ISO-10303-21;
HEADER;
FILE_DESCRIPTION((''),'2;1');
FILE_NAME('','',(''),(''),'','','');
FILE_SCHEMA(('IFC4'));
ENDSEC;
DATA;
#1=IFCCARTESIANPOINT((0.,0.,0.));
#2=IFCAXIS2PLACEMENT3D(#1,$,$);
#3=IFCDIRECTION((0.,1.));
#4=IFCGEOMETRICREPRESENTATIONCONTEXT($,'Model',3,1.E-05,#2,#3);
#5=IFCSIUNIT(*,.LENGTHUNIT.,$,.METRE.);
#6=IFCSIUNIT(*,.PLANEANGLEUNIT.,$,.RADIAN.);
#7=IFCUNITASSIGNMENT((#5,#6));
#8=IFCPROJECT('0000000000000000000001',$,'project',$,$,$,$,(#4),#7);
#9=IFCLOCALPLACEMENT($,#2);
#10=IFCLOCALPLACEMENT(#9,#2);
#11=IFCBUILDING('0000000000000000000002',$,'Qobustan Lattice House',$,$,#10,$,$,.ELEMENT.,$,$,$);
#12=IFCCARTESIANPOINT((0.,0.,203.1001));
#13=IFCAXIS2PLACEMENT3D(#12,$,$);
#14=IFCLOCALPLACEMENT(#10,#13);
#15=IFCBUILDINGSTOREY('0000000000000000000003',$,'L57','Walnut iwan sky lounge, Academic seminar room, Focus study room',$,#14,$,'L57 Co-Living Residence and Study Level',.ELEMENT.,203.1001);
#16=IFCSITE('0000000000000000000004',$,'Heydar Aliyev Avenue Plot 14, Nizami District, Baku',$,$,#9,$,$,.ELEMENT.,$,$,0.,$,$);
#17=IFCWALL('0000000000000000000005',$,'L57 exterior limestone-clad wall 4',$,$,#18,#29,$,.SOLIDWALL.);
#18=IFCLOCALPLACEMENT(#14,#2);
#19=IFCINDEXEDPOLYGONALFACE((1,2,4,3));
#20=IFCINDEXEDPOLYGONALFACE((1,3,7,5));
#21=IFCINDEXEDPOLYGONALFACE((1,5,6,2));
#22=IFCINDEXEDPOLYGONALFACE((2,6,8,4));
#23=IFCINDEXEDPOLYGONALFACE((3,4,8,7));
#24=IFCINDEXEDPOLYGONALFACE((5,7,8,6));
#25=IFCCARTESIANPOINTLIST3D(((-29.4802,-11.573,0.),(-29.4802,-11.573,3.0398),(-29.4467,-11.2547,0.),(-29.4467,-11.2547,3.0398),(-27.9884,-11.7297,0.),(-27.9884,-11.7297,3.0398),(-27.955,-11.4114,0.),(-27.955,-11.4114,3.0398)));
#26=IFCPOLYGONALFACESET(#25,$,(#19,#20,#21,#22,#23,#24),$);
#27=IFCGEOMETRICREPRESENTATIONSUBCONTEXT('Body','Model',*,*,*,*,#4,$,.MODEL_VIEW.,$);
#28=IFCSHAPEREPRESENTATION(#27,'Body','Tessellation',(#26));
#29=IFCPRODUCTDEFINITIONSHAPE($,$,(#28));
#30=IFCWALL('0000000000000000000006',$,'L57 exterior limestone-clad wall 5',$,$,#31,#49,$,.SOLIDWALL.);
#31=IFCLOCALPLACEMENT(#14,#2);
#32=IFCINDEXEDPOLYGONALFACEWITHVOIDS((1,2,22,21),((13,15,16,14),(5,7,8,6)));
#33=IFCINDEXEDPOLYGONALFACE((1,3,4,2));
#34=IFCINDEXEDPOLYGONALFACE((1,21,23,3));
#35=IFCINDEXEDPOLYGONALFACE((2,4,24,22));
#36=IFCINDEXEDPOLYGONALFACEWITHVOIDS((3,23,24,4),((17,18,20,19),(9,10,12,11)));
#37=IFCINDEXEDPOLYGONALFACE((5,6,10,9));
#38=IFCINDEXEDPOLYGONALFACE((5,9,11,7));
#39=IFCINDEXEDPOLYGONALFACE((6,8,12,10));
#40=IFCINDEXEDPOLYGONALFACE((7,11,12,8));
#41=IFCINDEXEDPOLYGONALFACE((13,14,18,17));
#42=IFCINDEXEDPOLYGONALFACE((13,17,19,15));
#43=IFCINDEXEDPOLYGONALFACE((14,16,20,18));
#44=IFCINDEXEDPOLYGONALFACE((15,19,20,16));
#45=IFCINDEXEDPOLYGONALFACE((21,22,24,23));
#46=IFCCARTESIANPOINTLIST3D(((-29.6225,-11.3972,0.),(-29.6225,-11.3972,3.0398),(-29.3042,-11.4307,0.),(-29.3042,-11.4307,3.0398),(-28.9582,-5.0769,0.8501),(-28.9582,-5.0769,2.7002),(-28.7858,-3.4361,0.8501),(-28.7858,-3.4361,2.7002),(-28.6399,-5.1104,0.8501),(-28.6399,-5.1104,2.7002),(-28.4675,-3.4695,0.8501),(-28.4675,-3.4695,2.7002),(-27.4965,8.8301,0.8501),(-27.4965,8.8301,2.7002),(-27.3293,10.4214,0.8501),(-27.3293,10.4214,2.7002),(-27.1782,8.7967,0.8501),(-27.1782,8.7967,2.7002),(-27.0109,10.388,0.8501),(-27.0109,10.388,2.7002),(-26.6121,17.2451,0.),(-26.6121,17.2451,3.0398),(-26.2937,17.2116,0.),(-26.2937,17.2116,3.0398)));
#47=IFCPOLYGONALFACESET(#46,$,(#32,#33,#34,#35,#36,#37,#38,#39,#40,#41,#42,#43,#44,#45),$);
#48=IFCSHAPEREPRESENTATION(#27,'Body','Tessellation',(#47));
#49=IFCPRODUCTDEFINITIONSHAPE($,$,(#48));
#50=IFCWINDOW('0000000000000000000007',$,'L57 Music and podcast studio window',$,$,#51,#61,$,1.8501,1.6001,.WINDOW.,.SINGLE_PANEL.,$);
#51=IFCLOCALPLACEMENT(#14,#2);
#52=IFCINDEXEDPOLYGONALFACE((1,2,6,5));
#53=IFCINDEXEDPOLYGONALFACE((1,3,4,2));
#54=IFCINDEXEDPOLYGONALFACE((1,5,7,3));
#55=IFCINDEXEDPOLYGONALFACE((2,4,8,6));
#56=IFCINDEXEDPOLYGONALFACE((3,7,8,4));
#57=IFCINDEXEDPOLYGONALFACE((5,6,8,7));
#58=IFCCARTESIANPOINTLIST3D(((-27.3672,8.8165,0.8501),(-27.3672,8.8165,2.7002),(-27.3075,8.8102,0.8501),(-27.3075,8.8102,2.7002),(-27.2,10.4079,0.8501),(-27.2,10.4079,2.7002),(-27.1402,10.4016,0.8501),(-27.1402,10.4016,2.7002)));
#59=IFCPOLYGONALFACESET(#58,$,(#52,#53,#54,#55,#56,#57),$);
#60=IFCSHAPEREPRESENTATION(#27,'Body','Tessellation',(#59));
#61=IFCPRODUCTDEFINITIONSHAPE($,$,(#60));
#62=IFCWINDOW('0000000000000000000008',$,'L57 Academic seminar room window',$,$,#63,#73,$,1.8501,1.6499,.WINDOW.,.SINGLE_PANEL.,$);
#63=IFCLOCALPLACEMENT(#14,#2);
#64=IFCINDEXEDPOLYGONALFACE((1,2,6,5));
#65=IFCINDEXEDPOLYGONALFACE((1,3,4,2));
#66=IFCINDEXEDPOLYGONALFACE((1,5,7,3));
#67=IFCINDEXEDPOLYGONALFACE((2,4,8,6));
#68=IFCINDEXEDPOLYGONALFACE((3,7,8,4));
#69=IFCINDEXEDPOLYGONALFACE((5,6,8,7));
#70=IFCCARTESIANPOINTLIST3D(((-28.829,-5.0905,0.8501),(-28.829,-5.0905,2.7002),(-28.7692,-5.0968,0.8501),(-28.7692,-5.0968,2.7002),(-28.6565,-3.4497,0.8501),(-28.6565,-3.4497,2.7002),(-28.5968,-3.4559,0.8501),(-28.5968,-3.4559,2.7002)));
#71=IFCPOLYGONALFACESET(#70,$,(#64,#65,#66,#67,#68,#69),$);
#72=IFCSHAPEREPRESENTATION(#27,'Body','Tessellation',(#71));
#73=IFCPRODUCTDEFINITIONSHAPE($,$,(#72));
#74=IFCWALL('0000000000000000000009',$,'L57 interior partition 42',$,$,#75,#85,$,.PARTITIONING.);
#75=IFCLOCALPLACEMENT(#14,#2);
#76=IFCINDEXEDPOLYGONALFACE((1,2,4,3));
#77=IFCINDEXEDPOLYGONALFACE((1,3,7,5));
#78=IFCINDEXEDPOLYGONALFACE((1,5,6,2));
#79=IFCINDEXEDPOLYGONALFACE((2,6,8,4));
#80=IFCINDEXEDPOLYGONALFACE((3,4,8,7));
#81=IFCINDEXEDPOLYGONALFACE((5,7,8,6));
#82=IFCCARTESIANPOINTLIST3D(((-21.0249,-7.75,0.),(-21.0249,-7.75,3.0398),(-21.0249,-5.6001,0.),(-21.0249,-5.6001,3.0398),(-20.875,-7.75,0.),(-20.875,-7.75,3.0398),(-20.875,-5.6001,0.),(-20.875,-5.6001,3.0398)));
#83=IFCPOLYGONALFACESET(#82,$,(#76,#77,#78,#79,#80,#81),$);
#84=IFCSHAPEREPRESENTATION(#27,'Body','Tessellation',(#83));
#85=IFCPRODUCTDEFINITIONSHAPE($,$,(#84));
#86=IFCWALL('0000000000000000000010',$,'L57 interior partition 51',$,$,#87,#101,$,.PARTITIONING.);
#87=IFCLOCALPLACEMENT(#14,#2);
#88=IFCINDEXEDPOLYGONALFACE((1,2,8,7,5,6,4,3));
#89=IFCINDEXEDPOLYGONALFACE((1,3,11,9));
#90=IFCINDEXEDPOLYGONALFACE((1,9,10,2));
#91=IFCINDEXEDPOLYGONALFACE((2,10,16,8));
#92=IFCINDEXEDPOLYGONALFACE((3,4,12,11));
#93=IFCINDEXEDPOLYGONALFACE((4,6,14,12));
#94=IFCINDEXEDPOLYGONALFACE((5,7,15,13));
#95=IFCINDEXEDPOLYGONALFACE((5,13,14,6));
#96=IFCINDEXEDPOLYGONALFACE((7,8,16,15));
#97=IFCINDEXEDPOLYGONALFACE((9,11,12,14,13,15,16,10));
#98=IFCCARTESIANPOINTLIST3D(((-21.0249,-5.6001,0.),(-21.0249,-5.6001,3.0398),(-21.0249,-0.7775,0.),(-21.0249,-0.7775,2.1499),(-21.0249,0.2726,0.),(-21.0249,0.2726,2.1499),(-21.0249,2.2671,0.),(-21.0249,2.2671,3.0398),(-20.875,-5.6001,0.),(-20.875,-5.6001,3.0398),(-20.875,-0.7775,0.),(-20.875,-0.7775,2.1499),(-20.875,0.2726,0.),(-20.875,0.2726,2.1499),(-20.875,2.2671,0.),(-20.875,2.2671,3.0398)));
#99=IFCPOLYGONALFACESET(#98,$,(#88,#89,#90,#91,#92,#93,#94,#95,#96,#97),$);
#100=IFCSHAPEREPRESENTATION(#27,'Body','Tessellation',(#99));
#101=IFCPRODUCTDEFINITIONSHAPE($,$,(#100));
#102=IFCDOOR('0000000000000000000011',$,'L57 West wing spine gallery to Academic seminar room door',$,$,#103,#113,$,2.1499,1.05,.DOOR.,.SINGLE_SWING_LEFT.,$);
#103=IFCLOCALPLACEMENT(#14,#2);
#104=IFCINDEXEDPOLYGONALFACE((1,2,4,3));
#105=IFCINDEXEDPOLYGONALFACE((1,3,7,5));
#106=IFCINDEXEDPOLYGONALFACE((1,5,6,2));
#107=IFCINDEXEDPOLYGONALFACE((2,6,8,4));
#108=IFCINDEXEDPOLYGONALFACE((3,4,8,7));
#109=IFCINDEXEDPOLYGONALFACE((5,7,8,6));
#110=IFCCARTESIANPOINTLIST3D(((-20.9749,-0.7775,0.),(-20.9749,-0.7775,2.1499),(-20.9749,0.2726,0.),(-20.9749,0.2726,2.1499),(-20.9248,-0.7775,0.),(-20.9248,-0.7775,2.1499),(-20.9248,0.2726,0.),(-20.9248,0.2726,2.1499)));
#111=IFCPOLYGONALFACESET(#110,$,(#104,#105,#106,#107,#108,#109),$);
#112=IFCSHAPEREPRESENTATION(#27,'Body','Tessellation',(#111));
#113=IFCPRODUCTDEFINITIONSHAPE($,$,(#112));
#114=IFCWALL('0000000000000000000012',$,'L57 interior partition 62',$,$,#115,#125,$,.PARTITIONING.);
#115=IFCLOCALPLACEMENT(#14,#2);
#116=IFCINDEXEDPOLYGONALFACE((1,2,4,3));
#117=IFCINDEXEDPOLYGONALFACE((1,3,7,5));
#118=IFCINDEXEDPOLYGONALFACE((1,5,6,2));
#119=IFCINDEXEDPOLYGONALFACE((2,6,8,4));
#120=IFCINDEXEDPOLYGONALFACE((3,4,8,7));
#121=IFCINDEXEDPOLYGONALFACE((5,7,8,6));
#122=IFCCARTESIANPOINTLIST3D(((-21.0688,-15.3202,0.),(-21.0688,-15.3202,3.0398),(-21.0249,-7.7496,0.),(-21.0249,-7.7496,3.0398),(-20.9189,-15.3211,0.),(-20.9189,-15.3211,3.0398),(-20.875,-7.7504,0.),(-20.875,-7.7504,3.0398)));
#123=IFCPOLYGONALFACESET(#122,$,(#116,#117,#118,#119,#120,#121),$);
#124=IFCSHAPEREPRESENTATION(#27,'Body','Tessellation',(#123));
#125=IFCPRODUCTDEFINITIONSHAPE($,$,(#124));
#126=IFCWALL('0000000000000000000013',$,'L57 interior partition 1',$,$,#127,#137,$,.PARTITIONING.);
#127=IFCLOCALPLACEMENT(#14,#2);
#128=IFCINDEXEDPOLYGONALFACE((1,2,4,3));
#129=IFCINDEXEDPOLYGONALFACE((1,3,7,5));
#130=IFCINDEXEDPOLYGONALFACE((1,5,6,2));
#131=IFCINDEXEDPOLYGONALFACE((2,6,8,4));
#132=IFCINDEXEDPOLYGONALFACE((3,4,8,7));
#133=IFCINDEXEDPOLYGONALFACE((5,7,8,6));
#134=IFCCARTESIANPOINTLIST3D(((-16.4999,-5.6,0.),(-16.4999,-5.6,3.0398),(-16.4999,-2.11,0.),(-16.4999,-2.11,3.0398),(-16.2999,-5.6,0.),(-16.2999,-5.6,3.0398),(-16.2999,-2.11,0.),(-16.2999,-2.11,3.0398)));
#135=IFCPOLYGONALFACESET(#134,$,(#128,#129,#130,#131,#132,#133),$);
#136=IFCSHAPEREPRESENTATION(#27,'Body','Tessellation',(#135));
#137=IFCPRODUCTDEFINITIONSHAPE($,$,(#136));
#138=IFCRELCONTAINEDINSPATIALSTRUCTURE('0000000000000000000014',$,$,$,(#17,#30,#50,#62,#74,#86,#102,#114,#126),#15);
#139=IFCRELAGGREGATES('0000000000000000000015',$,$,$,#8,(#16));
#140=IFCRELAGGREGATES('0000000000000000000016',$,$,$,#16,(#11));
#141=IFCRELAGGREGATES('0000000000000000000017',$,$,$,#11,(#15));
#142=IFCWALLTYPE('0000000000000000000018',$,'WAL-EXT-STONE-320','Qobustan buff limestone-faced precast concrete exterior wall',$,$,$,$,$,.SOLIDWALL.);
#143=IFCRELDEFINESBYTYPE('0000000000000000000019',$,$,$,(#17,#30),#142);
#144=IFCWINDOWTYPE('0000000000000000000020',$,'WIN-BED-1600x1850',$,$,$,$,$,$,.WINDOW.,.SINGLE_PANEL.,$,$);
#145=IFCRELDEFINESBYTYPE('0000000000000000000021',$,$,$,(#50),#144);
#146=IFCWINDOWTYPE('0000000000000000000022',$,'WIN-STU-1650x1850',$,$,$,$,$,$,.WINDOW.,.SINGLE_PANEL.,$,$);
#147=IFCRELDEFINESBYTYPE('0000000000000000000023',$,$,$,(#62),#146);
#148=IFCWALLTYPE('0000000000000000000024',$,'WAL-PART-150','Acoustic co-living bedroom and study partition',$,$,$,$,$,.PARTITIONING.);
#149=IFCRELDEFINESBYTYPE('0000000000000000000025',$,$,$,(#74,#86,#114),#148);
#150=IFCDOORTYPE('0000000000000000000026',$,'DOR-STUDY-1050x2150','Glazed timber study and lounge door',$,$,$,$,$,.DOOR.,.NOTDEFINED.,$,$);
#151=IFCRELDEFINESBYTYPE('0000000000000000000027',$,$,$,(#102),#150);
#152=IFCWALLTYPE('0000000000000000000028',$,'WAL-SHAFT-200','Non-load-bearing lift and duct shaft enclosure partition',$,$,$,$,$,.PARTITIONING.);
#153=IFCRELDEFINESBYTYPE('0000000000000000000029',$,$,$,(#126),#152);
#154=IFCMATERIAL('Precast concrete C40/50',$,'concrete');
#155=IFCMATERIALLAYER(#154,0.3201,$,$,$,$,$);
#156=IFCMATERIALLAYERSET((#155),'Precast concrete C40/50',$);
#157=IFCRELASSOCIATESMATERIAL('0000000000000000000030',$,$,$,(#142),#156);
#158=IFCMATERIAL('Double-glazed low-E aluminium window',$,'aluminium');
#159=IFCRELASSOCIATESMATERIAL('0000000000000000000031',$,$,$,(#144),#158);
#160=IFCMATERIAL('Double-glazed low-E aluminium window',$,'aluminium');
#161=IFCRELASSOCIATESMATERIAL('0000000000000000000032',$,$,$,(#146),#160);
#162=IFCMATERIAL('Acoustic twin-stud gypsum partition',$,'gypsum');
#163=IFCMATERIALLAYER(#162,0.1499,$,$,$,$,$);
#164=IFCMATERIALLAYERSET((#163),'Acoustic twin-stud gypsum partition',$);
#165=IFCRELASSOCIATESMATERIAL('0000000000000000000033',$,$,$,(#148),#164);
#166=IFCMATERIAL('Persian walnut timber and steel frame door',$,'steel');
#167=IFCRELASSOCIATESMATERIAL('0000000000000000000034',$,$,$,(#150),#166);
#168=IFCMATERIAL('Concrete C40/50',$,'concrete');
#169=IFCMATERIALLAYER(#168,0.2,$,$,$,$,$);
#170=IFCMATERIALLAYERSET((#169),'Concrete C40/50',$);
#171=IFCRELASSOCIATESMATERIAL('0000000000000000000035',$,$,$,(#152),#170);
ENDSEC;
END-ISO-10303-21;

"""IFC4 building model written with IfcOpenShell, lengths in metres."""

from ifc_helpers import new_model, si_unit, direction, frame, frame_2d, origin, place, context, subcontext, project, spatial, rectangle, extrude, material, layer, layer_set, type_object, element, fill, save


model = new_model("IFC4")

# Units and contexts
model_context = context("Model", 3, precision=1e-05, world=origin(), true_north=direction((0.0, 1.0)))
body_context = subcontext(model_context, "Body", "Model", "MODEL_VIEW")
ifc_project = project(units=[si_unit("LENGTHUNIT", "METRE"), si_unit("PLANEANGLEUNIT", "RADIAN")], contexts=[model_context])

# Site, building, storey
site_placement = place(None, origin())
site = spatial("IfcSite", under=ifc_project, at=site_placement, Name="Heydar Aliyev Avenue Plot 14, Nizami District, Baku", CompositionType="ELEMENT", RefElevation=0.0)
building_placement = place(site_placement, origin())
building = spatial("IfcBuilding", under=site, at=building_placement, Name="Qobustan Lattice House", CompositionType="ELEMENT")
storey_placement = place(building_placement, frame((0.0, 0.0, 203.1001)))
storey = spatial("IfcBuildingStorey", under=building, at=storey_placement, Name="L57", Description="Walnut iwan sky lounge, Academic seminar room, Focus study room", LongName="L57 Co-Living Residence and Study Level", CompositionType="ELEMENT", Elevation=203.1001)

# Wall
ifc_material_1 = material(Name="Precast concrete C40/50", Category="concrete")
ifc_layer_1 = layer(ifc_material_1, 0.3201)
ifc_layer_set_1 = layer_set([ifc_layer_1], Name="Precast concrete C40/50")
wall_type_1 = type_object("IfcWallType", Name="WAL-EXT-STONE-320", Description="Qobustan buff limestone-faced precast concrete exterior wall", PredefinedType="SOLIDWALL", material=ifc_layer_set_1)
wall_1_placement = place(storey_placement, frame((-27.9717, -11.5706, 0.0), z_axis=(0.0, 0.0, 1.0), x_axis=(-0.994525, 0.104498, 0.0)))
element("IfcWall", 1, at=wall_1_placement, inside=storey, type_object=wall_type_1, Name="L57 exterior limestone-clad wall 4", PredefinedType="SOLIDWALL", context=body_context, shape_type="SweptSolid", body=[
    extrude(rectangle(XDim=1.5, YDim=0.3201, at=frame_2d((0.75, 0.0))), origin(), (0.0, 0.0, 1.0), 3.0398),
])

# Wall, openings, windows
wall_2_placement = place(storey_placement, frame((-29.4634, -11.4138, 0.0), z_axis=(0.0, 0.0, 1.0), x_axis=(0.104531, 0.994522, 0.0)))
wall_2 = element("IfcWall", 2, at=wall_2_placement, inside=storey, type_object=wall_type_1, Name="L57 exterior limestone-clad wall 5", PredefinedType="SOLIDWALL", context=body_context, shape_type="SweptSolid", body=[
    extrude(rectangle(XDim=28.8, YDim=0.3201, at=frame_2d((14.3999, 0.0))), origin(), (0.0, 0.0, 1.0), 3.0398),
])
opening_1_placement = place(wall_2_placement, frame((6.355, 0.0, 0.8501)))
opening_1 = element("IfcOpeningElement", 3, at=opening_1_placement, cuts=wall_2, PredefinedType="OPENING", context=body_context, shape_type="SweptSolid", body=[
    extrude(rectangle(XDim=1.6499, YDim=1.8501, at=frame_2d((0.825, 0.925))), frame((0.0, 0.1699, 0.0), z_axis=(0.0, -1.0, 0.0), x_axis=(1.0, 0.0, 0.0)), (0.0, 0.0, 1.0), 0.3401),
])
opening_2_placement = place(wall_2_placement, frame((20.3386, 0.0, 0.8501)))
opening_2 = element("IfcOpeningElement", 4, at=opening_2_placement, cuts=wall_2, PredefinedType="OPENING", context=body_context, shape_type="SweptSolid", body=[
    extrude(rectangle(XDim=1.6001, YDim=1.8501, at=frame_2d((0.8, 0.925))), frame((0.0, 0.1699, 0.0), z_axis=(0.0, -1.0, 0.0), x_axis=(1.0, 0.0, 0.0)), (0.0, 0.0, 1.0), 0.3401),
])
ifc_material_2 = material(Name="Double-glazed low-E aluminium window", Category="aluminium")
window_type_1 = type_object("IfcWindowType", Name="WIN-BED-1600x1850", PartitioningType="SINGLE_PANEL", PredefinedType="WINDOW", material=ifc_material_2)
window_1_placement = place(opening_2_placement, origin())
window_1 = element("IfcWindow", 5, at=window_1_placement, inside=storey, type_object=window_type_1, Name="L57 Music and podcast studio window", OverallHeight=1.8501, OverallWidth=1.6001, PartitioningType="SINGLE_PANEL", PredefinedType="WINDOW", context=body_context, shape_type="SweptSolid", body=[
    extrude(rectangle(XDim=1.6001, YDim=1.8501, at=frame_2d((0.8, 0.925))), frame((0.0, 0.03, 0.0), z_axis=(0.0, -1.0, 0.0), x_axis=(1.0, 0.0, 0.0)), (0.0, 0.0, 1.0), 0.0601),
])
fill(opening_2, window_1)
ifc_material_3 = material(Name="Double-glazed low-E aluminium window", Category="aluminium")
window_type_2 = type_object("IfcWindowType", Name="WIN-STU-1650x1850", PartitioningType="SINGLE_PANEL", PredefinedType="WINDOW", material=ifc_material_3)
window_2_placement = place(opening_1_placement, origin())
window_2 = element("IfcWindow", 6, at=window_2_placement, inside=storey, type_object=window_type_2, Name="L57 Academic seminar room window", OverallHeight=1.8501, OverallWidth=1.6499, PartitioningType="SINGLE_PANEL", PredefinedType="WINDOW", context=body_context, shape_type="SweptSolid", body=[
    extrude(rectangle(XDim=1.6499, YDim=1.8501, at=frame_2d((0.825, 0.925))), frame((0.0, 0.03, 0.0), z_axis=(0.0, -1.0, 0.0), x_axis=(1.0, 0.0, 0.0)), (0.0, 0.0, 1.0), 0.0601),
])
fill(opening_1, window_2)

# Wall
ifc_material_4 = material(Name="Acoustic twin-stud gypsum partition", Category="gypsum")
ifc_layer_2 = layer(ifc_material_4, 0.1499)
ifc_layer_set_2 = layer_set([ifc_layer_2], Name="Acoustic twin-stud gypsum partition")
wall_type_2 = type_object("IfcWallType", Name="WAL-PART-150", Description="Acoustic co-living bedroom and study partition", PredefinedType="PARTITIONING", material=ifc_layer_set_2)
wall_3_placement = place(storey_placement, frame((-20.95, -7.75, 0.0), z_axis=(0.0, 0.0, 1.0), x_axis=(0.0, 1.0, 0.0)))
element("IfcWall", 7, at=wall_3_placement, inside=storey, type_object=wall_type_2, Name="L57 interior partition 42", PredefinedType="PARTITIONING", context=body_context, shape_type="SweptSolid", body=[
    extrude(rectangle(XDim=2.1499, YDim=0.1499, at=frame_2d((1.075, 0.0))), origin(), (0.0, 0.0, 1.0), 3.0398),
])

# Wall, opening, door
wall_4_placement = place(storey_placement, frame((-20.95, -5.6001, 0.0), z_axis=(0.0, 0.0, 1.0), x_axis=(0.0, 1.0, 0.0)))
wall_4 = element("IfcWall", 8, at=wall_4_placement, inside=storey, type_object=wall_type_2, Name="L57 interior partition 51", PredefinedType="PARTITIONING", context=body_context, shape_type="SweptSolid", body=[
    extrude(rectangle(XDim=7.8672, YDim=0.1499, at=frame_2d((3.9336, 0.0))), origin(), (0.0, 0.0, 1.0), 3.0398),
])
opening_3_placement = place(wall_4_placement, frame((4.8228, 0.0, 0.0)))
opening_3 = element("IfcOpeningElement", 9, at=opening_3_placement, cuts=wall_4, PredefinedType="OPENING", context=body_context, shape_type="SweptSolid", body=[
    extrude(rectangle(XDim=1.05, YDim=2.1499, at=frame_2d((0.5249, 1.075))), frame((0.0, 0.085, 0.0), z_axis=(0.0, -1.0, 0.0), x_axis=(1.0, 0.0, 0.0)), (0.0, 0.0, 1.0), 0.1699),
])
ifc_material_5 = material(Name="Persian walnut timber and steel frame door", Category="steel")
door_type_1 = type_object("IfcDoorType", Name="DOR-STUDY-1050x2150", Description="Glazed timber study and lounge door", OperationType="NOTDEFINED", PredefinedType="DOOR", material=ifc_material_5)
door_1_placement = place(opening_3_placement, origin())
door_1 = element("IfcDoor", 10, at=door_1_placement, inside=storey, type_object=door_type_1, Name="L57 West wing spine gallery to Academic seminar room door", OperationType="SINGLE_SWING_LEFT", OverallHeight=2.1499, OverallWidth=1.05, PredefinedType="DOOR", context=body_context, shape_type="SweptSolid", body=[
    extrude(rectangle(XDim=1.05, YDim=2.1499, at=frame_2d((0.5249, 1.075))), frame((0.0, 0.0249, 0.0), z_axis=(0.0, -1.0, 0.0), x_axis=(1.0, 0.0, 0.0)), (0.0, 0.0, 1.0), 0.05),
])
fill(opening_3, door_1)

# Walls
wall_5_placement = place(storey_placement, frame((-20.95, -7.75, 0.0), z_axis=(0.0, 0.0, 1.0), x_axis=(-0.005805, -0.999983, 0.0)))
element("IfcWall", 11, at=wall_5_placement, inside=storey, type_object=wall_type_2, Name="L57 interior partition 62", PredefinedType="PARTITIONING", context=body_context, shape_type="SweptSolid", body=[
    extrude(rectangle(XDim=7.5708, YDim=0.1499, at=frame_2d((3.7854, 0.0))), origin(), (0.0, 0.0, 1.0), 3.0398),
])
ifc_material_6 = material(Name="Concrete C40/50", Category="concrete")
ifc_layer_3 = layer(ifc_material_6, 0.2)
ifc_layer_set_3 = layer_set([ifc_layer_3], Name="Concrete C40/50")
wall_type_3 = type_object("IfcWallType", Name="WAL-SHAFT-200", Description="Non-load-bearing lift and duct shaft enclosure partition", PredefinedType="PARTITIONING", material=ifc_layer_set_3)
wall_6_placement = place(storey_placement, frame((-16.3999, -5.6001, 0.0), z_axis=(0.0, 0.0, 1.0), x_axis=(0.0, 1.0, 0.0)))
element("IfcWall", 12, at=wall_6_placement, inside=storey, type_object=wall_type_3, Name="L57 interior partition 1", PredefinedType="PARTITIONING", context=body_context, shape_type="SweptSolid", body=[
    extrude(rectangle(XDim=3.49, YDim=0.2, at=frame_2d((1.7451, 0.0))), origin(), (0.0, 0.0, 1.0), 3.0398),
])

save(model, "model.ifc")
